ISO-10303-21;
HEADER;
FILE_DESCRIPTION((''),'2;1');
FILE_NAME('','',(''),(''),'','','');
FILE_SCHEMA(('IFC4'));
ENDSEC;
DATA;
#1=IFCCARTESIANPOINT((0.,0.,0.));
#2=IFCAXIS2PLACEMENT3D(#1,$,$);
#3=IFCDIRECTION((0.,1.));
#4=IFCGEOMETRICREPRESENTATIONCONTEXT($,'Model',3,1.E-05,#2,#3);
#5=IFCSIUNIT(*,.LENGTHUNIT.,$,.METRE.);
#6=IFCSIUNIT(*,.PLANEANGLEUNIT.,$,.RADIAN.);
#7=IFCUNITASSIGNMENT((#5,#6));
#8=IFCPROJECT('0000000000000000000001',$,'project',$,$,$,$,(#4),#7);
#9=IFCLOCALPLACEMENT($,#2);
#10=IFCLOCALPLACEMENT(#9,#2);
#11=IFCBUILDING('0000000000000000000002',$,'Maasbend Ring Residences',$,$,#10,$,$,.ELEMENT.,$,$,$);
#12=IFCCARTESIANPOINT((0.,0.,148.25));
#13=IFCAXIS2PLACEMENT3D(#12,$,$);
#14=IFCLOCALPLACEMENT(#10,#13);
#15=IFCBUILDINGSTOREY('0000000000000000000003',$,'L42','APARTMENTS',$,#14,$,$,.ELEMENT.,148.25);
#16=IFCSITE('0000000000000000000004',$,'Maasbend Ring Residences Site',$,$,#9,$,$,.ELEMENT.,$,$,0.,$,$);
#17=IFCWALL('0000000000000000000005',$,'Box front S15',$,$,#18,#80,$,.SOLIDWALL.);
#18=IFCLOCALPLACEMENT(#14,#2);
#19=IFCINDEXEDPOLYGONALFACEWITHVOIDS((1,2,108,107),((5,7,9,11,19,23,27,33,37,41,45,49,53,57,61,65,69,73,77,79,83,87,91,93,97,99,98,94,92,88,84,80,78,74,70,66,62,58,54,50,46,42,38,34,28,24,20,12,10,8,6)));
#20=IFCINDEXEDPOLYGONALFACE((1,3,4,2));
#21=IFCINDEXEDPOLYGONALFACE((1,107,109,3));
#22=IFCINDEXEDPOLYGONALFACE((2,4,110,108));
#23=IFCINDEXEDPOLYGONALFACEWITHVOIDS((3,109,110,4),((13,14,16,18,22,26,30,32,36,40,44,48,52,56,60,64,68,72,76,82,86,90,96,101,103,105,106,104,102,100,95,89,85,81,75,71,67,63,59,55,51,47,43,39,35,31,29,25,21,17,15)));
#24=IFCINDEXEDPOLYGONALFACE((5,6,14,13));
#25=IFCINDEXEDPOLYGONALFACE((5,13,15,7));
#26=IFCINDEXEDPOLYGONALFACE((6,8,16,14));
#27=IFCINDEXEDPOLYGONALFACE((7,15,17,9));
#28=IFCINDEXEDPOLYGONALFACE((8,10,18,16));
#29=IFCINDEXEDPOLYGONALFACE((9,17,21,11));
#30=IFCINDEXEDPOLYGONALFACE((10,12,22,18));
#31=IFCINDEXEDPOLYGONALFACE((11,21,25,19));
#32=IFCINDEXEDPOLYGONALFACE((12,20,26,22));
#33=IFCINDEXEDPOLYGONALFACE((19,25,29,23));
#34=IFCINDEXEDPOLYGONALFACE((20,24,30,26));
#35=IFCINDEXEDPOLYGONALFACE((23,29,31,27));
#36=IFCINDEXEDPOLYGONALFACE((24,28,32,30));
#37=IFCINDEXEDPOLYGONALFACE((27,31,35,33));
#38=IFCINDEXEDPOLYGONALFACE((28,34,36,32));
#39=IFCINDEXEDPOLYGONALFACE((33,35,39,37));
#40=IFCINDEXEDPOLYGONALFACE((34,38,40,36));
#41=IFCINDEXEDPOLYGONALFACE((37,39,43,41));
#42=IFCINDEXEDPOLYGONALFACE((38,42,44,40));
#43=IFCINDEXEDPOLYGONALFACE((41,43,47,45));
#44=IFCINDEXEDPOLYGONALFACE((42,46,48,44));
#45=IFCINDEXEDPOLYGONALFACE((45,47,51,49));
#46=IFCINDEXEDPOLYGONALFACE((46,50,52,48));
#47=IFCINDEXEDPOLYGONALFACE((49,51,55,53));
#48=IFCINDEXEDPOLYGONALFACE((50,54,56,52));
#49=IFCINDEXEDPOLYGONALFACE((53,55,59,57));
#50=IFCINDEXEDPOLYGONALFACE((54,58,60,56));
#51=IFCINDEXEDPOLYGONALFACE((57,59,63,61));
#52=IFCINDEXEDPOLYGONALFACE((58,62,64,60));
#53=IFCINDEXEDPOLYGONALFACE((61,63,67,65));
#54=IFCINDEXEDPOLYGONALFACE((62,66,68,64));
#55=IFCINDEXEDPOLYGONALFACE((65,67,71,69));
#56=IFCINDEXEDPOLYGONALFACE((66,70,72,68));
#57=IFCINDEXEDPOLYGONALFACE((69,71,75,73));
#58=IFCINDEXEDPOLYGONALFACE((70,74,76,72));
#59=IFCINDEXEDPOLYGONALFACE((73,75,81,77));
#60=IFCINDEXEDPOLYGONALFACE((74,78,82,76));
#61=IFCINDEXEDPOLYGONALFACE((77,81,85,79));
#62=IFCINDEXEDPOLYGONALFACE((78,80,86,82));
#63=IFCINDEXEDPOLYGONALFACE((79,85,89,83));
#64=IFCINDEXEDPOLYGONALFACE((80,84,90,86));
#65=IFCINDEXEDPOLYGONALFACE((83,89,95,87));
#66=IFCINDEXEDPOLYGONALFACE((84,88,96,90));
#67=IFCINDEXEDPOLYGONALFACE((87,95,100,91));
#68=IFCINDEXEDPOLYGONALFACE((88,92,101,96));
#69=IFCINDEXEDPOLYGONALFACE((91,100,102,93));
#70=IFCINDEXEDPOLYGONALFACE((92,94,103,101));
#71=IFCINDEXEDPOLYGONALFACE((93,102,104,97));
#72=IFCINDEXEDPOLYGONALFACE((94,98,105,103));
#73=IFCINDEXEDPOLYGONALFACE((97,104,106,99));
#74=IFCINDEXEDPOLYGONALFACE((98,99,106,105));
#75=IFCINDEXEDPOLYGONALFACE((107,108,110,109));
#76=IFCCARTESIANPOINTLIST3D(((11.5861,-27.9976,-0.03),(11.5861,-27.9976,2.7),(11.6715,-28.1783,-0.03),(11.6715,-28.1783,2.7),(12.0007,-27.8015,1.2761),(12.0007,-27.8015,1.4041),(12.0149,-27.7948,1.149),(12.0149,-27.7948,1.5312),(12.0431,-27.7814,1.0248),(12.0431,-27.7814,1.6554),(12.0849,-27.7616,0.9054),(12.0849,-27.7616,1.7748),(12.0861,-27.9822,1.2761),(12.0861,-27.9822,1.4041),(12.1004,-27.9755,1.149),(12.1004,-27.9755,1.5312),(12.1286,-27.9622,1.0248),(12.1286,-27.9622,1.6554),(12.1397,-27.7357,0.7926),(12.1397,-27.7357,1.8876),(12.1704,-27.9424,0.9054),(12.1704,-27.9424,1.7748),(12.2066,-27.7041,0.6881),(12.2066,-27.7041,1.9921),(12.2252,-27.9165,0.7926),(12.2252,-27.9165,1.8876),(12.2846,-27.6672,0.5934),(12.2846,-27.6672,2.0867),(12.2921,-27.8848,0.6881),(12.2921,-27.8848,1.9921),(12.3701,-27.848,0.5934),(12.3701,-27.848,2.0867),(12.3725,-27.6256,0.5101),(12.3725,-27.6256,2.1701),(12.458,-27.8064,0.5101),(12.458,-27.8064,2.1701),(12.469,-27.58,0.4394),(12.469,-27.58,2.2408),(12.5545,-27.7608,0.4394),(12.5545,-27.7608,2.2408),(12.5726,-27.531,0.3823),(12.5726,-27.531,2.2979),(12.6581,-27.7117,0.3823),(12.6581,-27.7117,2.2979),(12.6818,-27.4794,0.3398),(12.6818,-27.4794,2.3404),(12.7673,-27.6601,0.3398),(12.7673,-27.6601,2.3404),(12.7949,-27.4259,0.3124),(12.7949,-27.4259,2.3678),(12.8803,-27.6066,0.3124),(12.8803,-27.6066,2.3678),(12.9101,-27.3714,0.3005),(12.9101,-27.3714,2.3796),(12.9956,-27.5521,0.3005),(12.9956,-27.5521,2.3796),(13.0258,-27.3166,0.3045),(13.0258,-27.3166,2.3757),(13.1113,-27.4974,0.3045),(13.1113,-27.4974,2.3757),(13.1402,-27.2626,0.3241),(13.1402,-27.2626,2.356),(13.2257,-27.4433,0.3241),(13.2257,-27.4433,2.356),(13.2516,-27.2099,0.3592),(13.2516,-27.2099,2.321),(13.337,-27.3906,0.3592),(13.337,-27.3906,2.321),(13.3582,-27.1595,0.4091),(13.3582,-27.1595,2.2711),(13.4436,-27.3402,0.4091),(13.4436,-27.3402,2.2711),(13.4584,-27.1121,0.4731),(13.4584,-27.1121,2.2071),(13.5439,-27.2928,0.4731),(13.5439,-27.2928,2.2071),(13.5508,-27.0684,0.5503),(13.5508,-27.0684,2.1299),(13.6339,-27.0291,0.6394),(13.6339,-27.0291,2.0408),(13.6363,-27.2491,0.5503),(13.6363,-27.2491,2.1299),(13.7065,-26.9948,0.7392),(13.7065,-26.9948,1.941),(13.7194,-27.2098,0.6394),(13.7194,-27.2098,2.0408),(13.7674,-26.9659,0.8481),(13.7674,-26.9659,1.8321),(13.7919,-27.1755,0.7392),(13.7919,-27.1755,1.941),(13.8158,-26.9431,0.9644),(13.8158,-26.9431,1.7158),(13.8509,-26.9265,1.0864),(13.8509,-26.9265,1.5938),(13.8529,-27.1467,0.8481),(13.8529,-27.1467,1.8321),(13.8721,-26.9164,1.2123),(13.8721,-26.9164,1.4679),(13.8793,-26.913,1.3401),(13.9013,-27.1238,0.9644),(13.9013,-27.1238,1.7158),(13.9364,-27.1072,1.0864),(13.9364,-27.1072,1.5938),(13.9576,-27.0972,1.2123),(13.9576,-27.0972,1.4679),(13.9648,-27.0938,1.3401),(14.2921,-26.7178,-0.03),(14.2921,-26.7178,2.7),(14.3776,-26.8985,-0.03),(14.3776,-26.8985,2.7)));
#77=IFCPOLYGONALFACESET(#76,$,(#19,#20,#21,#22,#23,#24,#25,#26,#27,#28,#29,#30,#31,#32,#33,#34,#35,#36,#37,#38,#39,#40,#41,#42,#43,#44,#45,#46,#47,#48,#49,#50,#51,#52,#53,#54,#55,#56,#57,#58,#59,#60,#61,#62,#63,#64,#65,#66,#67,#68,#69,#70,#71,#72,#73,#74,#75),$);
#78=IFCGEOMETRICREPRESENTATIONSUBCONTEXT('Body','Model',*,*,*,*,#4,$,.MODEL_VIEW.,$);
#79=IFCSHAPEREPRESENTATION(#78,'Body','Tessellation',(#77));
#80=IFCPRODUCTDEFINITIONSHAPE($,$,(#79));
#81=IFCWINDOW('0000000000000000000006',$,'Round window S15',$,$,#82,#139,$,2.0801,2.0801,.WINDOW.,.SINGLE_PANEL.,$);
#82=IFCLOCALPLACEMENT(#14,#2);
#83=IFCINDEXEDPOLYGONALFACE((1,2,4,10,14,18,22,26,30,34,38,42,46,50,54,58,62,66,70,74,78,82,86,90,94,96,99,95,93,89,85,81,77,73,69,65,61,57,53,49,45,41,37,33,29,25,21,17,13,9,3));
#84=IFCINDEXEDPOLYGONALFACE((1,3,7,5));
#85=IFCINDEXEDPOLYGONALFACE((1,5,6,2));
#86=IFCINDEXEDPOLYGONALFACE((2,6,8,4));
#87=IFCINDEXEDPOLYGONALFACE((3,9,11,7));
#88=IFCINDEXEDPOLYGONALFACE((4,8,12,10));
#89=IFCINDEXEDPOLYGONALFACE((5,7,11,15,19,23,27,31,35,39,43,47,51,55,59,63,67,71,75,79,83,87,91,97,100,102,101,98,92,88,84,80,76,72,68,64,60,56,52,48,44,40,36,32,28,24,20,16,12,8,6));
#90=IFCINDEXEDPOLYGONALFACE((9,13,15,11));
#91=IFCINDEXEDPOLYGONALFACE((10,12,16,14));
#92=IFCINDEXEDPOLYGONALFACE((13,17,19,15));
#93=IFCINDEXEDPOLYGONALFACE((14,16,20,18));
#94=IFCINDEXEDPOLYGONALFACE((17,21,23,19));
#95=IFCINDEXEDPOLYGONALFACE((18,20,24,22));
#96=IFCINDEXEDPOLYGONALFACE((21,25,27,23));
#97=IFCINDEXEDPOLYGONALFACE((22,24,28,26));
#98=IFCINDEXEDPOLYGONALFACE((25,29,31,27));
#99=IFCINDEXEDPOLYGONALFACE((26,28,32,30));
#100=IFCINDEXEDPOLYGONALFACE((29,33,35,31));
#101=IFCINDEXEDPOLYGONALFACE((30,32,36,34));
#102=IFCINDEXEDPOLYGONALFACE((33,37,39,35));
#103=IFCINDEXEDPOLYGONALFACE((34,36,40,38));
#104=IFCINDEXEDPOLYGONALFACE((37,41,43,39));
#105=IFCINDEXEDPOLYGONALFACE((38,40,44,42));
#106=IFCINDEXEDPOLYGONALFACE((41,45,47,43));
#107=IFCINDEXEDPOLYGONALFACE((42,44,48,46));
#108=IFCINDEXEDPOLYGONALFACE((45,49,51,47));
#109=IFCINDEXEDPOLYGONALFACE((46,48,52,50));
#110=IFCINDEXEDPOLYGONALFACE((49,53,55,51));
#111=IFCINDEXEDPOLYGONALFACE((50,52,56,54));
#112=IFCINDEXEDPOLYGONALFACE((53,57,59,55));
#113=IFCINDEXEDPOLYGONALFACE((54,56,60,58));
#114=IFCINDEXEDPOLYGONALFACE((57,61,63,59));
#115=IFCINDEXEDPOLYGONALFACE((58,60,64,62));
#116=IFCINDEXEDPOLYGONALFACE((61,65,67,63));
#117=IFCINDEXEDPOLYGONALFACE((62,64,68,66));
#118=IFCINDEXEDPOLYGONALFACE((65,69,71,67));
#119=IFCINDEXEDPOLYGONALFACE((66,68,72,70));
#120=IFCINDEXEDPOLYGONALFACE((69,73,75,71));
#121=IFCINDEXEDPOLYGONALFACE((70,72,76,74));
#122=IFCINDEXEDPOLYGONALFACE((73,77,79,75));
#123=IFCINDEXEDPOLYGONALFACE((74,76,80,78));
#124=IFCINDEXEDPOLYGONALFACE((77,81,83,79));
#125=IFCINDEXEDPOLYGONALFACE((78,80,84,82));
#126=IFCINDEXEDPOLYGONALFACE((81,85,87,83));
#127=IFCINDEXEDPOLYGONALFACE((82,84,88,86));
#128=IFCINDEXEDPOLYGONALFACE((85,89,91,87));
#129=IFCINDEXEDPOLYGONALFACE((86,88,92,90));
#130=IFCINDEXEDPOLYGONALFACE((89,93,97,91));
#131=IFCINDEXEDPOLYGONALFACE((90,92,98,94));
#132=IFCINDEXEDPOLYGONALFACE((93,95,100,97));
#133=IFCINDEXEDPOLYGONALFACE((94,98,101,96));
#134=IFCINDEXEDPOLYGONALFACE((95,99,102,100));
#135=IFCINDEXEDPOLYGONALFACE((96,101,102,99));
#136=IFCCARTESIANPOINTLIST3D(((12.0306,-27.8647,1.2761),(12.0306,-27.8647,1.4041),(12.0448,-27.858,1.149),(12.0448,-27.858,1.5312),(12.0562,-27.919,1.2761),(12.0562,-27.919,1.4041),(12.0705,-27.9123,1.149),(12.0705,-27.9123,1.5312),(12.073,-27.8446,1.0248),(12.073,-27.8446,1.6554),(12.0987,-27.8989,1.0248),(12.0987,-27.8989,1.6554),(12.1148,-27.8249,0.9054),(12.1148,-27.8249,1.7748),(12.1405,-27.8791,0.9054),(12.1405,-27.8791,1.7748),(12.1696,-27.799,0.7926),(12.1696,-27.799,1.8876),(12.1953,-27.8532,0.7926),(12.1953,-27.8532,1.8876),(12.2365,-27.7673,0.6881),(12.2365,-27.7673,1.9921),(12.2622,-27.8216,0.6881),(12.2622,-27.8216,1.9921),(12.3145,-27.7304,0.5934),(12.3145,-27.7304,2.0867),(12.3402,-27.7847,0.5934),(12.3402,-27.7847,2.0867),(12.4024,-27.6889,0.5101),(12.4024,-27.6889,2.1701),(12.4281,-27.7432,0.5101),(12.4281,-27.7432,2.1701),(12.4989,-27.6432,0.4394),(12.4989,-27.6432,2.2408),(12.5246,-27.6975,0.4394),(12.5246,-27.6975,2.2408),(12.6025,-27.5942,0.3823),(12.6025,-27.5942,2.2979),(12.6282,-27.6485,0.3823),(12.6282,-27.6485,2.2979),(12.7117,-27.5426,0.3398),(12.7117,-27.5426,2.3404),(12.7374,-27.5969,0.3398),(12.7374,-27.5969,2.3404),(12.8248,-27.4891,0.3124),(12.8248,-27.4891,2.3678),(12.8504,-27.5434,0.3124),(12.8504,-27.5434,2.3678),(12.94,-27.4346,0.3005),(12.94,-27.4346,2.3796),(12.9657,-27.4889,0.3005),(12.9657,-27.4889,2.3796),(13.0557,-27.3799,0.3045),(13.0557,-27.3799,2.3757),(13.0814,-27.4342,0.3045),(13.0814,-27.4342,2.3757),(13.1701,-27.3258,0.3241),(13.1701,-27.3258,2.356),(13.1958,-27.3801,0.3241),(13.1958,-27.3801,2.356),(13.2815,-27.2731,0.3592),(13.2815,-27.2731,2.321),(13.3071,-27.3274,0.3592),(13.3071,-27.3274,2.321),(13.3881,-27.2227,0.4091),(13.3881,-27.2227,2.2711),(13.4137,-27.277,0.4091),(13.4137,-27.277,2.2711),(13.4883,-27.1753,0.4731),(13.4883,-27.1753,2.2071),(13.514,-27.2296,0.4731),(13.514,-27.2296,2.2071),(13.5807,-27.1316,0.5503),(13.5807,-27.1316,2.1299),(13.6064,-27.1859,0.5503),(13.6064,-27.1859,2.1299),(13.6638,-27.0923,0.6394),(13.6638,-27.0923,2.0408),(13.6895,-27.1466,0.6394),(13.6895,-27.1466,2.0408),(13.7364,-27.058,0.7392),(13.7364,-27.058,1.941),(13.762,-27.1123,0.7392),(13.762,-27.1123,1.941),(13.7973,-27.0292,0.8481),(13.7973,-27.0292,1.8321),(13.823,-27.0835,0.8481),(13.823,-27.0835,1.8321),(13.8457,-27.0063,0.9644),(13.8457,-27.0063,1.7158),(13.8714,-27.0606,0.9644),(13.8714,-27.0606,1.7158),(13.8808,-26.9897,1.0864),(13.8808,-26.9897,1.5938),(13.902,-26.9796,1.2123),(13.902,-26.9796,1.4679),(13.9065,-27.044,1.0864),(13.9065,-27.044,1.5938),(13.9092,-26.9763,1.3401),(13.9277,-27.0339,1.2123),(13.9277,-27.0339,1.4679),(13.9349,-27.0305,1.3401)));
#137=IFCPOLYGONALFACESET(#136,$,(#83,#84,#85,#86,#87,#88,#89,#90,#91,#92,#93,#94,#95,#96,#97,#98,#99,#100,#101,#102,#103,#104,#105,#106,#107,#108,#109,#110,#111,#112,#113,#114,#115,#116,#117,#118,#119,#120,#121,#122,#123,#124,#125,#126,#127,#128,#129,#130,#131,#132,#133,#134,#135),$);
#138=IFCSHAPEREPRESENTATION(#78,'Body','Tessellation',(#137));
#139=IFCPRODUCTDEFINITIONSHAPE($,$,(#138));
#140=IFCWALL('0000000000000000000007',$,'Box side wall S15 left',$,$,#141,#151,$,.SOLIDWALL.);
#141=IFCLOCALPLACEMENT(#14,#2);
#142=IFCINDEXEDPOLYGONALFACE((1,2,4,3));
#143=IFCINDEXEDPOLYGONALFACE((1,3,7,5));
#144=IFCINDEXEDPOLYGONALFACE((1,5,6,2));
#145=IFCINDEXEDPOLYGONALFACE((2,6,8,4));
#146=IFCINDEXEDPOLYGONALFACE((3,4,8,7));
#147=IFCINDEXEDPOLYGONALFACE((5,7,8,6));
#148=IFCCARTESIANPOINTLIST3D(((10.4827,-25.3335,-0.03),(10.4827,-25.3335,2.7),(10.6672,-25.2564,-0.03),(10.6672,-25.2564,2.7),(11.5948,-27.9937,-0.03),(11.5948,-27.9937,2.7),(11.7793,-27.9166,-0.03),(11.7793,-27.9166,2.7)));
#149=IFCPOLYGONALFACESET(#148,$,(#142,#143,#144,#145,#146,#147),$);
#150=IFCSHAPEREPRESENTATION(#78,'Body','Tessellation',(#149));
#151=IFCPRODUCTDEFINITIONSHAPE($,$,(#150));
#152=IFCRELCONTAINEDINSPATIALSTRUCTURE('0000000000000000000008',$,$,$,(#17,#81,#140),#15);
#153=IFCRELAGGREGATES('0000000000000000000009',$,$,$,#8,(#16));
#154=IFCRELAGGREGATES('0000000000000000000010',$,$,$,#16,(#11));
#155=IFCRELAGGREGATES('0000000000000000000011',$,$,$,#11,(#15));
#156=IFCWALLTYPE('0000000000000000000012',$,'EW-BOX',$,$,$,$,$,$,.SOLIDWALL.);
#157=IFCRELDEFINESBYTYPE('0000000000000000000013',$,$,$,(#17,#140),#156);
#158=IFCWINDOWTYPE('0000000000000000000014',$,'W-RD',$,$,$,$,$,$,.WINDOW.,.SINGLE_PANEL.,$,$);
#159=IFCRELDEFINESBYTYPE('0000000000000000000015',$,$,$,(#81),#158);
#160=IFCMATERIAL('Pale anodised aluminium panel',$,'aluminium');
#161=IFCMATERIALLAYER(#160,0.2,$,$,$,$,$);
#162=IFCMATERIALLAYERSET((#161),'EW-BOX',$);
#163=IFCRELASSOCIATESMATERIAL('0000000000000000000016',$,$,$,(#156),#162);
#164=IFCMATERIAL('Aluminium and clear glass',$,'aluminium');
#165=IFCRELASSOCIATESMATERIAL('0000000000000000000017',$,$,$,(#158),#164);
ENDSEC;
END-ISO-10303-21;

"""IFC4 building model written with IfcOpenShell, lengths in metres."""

from ifc_helpers import new_model, si_unit, direction, frame, frame_2d, origin, place, context, subcontext, project, spatial, rectangle, circle, extrude, material, layer, layer_set, type_object, element, fill, save


model = new_model("IFC4")

# Units and contexts
model_context = context("Model", 3, precision=1e-05, world=origin(), true_north=direction((0.0, 1.0)))
body_context = subcontext(model_context, "Body", "Model", "MODEL_VIEW")
ifc_project = project(units=[si_unit("LENGTHUNIT", "METRE"), si_unit("PLANEANGLEUNIT", "RADIAN")], contexts=[model_context])

# Site, building, storey
site_placement = place(None, origin())
site = spatial("IfcSite", under=ifc_project, at=site_placement, Name="Maasbend Ring Residences Site", CompositionType="ELEMENT", RefElevation=0.0)
building_placement = place(site_placement, origin())
building = spatial("IfcBuilding", under=site, at=building_placement, Name="Maasbend Ring Residences", CompositionType="ELEMENT")
storey_placement = place(building_placement, frame((0.0, 0.0, 148.25)))
storey = spatial("IfcBuildingStorey", under=building, at=storey_placement, Name="L42", Description="APARTMENTS", CompositionType="ELEMENT", Elevation=148.25)

# Shared definitions
ifc_material_1 = material(Name="Pale anodised aluminium panel", Category="aluminium")
ifc_layer_1 = layer(ifc_material_1, 0.2)
ifc_layer_set_1 = layer_set([ifc_layer_1], Name="EW-BOX")
wall_type_1 = type_object("IfcWallType", Name="EW-BOX", PredefinedType="SOLIDWALL", material=ifc_layer_set_1)

# Shared definitions
ifc_material_2 = material(Name="Aluminium and clear glass", Category="aluminium")
window_type_1 = type_object("IfcWindowType", Name="W-RD", PartitioningType="SINGLE_PANEL", PredefinedType="WINDOW", material=ifc_material_2)

# Wall, opening, window
wall_1_placement = place(storey_placement, frame((11.6289, -28.0879, -0.03), z_axis=(0.0, 0.0, 1.0), x_axis=(0.904, 0.427532, 0.0)))
wall_1 = element("IfcWall", 1, at=wall_1_placement, inside=storey, type_object=wall_type_1, Name="Box front S15", PredefinedType="SOLIDWALL", context=body_context, shape_type="SweptSolid", body=[
    extrude(rectangle(XDim=2.9934, YDim=0.2, at=frame_2d((1.4966, 0.0))), origin(), (0.0, 0.0, 1.0), 2.73),
])
opening_1_placement = place(wall_1_placement, frame((0.4565, 0.0, 0.3301)))
opening_1 = element("IfcOpeningElement", 2, at=opening_1_placement, cuts=wall_1, PredefinedType="OPENING", context=body_context, shape_type="SweptSolid", body=[
    extrude(circle(Radius=1.04, at=frame_2d((1.04, 1.04))), frame((0.0, 0.1099, 0.0), z_axis=(0.0, -1.0, 0.0), x_axis=(1.0, 0.0, 0.0)), (0.0, 0.0, 1.0), 0.22),
])
window_1_placement = place(opening_1_placement, origin())
window_1 = element("IfcWindow", 3, at=window_1_placement, inside=storey, type_object=window_type_1, Name="Round window S15", OverallHeight=2.0801, OverallWidth=2.0801, PartitioningType="SINGLE_PANEL", PredefinedType="WINDOW", context=body_context, shape_type="SweptSolid", body=[
    extrude(circle(Radius=1.04, at=frame_2d((1.04, 1.04))), frame((0.0, 0.03, 0.0), z_axis=(0.0, -1.0, 0.0), x_axis=(1.0, 0.0, 0.0)), (0.0, 0.0, 1.0), 0.0601),
])
fill(opening_1, window_1)

# Wall
wall_2_placement = place(storey_placement, frame((10.575, -25.2949, -0.03), z_axis=(0.0, 0.0, 1.0), x_axis=(0.385697, -0.922625, 0.0)))
element("IfcWall", 4, at=wall_2_placement, inside=storey, type_object=wall_type_1, Name="Box side wall S15 left", PredefinedType="SOLIDWALL", context=body_context, shape_type="SweptSolid", body=[
    extrude(rectangle(XDim=2.8833, YDim=0.2, at=frame_2d((1.4417, 0.0))), origin(), (0.0, 0.0, 1.0), 2.73),
])

save(model, "model.ifc")
